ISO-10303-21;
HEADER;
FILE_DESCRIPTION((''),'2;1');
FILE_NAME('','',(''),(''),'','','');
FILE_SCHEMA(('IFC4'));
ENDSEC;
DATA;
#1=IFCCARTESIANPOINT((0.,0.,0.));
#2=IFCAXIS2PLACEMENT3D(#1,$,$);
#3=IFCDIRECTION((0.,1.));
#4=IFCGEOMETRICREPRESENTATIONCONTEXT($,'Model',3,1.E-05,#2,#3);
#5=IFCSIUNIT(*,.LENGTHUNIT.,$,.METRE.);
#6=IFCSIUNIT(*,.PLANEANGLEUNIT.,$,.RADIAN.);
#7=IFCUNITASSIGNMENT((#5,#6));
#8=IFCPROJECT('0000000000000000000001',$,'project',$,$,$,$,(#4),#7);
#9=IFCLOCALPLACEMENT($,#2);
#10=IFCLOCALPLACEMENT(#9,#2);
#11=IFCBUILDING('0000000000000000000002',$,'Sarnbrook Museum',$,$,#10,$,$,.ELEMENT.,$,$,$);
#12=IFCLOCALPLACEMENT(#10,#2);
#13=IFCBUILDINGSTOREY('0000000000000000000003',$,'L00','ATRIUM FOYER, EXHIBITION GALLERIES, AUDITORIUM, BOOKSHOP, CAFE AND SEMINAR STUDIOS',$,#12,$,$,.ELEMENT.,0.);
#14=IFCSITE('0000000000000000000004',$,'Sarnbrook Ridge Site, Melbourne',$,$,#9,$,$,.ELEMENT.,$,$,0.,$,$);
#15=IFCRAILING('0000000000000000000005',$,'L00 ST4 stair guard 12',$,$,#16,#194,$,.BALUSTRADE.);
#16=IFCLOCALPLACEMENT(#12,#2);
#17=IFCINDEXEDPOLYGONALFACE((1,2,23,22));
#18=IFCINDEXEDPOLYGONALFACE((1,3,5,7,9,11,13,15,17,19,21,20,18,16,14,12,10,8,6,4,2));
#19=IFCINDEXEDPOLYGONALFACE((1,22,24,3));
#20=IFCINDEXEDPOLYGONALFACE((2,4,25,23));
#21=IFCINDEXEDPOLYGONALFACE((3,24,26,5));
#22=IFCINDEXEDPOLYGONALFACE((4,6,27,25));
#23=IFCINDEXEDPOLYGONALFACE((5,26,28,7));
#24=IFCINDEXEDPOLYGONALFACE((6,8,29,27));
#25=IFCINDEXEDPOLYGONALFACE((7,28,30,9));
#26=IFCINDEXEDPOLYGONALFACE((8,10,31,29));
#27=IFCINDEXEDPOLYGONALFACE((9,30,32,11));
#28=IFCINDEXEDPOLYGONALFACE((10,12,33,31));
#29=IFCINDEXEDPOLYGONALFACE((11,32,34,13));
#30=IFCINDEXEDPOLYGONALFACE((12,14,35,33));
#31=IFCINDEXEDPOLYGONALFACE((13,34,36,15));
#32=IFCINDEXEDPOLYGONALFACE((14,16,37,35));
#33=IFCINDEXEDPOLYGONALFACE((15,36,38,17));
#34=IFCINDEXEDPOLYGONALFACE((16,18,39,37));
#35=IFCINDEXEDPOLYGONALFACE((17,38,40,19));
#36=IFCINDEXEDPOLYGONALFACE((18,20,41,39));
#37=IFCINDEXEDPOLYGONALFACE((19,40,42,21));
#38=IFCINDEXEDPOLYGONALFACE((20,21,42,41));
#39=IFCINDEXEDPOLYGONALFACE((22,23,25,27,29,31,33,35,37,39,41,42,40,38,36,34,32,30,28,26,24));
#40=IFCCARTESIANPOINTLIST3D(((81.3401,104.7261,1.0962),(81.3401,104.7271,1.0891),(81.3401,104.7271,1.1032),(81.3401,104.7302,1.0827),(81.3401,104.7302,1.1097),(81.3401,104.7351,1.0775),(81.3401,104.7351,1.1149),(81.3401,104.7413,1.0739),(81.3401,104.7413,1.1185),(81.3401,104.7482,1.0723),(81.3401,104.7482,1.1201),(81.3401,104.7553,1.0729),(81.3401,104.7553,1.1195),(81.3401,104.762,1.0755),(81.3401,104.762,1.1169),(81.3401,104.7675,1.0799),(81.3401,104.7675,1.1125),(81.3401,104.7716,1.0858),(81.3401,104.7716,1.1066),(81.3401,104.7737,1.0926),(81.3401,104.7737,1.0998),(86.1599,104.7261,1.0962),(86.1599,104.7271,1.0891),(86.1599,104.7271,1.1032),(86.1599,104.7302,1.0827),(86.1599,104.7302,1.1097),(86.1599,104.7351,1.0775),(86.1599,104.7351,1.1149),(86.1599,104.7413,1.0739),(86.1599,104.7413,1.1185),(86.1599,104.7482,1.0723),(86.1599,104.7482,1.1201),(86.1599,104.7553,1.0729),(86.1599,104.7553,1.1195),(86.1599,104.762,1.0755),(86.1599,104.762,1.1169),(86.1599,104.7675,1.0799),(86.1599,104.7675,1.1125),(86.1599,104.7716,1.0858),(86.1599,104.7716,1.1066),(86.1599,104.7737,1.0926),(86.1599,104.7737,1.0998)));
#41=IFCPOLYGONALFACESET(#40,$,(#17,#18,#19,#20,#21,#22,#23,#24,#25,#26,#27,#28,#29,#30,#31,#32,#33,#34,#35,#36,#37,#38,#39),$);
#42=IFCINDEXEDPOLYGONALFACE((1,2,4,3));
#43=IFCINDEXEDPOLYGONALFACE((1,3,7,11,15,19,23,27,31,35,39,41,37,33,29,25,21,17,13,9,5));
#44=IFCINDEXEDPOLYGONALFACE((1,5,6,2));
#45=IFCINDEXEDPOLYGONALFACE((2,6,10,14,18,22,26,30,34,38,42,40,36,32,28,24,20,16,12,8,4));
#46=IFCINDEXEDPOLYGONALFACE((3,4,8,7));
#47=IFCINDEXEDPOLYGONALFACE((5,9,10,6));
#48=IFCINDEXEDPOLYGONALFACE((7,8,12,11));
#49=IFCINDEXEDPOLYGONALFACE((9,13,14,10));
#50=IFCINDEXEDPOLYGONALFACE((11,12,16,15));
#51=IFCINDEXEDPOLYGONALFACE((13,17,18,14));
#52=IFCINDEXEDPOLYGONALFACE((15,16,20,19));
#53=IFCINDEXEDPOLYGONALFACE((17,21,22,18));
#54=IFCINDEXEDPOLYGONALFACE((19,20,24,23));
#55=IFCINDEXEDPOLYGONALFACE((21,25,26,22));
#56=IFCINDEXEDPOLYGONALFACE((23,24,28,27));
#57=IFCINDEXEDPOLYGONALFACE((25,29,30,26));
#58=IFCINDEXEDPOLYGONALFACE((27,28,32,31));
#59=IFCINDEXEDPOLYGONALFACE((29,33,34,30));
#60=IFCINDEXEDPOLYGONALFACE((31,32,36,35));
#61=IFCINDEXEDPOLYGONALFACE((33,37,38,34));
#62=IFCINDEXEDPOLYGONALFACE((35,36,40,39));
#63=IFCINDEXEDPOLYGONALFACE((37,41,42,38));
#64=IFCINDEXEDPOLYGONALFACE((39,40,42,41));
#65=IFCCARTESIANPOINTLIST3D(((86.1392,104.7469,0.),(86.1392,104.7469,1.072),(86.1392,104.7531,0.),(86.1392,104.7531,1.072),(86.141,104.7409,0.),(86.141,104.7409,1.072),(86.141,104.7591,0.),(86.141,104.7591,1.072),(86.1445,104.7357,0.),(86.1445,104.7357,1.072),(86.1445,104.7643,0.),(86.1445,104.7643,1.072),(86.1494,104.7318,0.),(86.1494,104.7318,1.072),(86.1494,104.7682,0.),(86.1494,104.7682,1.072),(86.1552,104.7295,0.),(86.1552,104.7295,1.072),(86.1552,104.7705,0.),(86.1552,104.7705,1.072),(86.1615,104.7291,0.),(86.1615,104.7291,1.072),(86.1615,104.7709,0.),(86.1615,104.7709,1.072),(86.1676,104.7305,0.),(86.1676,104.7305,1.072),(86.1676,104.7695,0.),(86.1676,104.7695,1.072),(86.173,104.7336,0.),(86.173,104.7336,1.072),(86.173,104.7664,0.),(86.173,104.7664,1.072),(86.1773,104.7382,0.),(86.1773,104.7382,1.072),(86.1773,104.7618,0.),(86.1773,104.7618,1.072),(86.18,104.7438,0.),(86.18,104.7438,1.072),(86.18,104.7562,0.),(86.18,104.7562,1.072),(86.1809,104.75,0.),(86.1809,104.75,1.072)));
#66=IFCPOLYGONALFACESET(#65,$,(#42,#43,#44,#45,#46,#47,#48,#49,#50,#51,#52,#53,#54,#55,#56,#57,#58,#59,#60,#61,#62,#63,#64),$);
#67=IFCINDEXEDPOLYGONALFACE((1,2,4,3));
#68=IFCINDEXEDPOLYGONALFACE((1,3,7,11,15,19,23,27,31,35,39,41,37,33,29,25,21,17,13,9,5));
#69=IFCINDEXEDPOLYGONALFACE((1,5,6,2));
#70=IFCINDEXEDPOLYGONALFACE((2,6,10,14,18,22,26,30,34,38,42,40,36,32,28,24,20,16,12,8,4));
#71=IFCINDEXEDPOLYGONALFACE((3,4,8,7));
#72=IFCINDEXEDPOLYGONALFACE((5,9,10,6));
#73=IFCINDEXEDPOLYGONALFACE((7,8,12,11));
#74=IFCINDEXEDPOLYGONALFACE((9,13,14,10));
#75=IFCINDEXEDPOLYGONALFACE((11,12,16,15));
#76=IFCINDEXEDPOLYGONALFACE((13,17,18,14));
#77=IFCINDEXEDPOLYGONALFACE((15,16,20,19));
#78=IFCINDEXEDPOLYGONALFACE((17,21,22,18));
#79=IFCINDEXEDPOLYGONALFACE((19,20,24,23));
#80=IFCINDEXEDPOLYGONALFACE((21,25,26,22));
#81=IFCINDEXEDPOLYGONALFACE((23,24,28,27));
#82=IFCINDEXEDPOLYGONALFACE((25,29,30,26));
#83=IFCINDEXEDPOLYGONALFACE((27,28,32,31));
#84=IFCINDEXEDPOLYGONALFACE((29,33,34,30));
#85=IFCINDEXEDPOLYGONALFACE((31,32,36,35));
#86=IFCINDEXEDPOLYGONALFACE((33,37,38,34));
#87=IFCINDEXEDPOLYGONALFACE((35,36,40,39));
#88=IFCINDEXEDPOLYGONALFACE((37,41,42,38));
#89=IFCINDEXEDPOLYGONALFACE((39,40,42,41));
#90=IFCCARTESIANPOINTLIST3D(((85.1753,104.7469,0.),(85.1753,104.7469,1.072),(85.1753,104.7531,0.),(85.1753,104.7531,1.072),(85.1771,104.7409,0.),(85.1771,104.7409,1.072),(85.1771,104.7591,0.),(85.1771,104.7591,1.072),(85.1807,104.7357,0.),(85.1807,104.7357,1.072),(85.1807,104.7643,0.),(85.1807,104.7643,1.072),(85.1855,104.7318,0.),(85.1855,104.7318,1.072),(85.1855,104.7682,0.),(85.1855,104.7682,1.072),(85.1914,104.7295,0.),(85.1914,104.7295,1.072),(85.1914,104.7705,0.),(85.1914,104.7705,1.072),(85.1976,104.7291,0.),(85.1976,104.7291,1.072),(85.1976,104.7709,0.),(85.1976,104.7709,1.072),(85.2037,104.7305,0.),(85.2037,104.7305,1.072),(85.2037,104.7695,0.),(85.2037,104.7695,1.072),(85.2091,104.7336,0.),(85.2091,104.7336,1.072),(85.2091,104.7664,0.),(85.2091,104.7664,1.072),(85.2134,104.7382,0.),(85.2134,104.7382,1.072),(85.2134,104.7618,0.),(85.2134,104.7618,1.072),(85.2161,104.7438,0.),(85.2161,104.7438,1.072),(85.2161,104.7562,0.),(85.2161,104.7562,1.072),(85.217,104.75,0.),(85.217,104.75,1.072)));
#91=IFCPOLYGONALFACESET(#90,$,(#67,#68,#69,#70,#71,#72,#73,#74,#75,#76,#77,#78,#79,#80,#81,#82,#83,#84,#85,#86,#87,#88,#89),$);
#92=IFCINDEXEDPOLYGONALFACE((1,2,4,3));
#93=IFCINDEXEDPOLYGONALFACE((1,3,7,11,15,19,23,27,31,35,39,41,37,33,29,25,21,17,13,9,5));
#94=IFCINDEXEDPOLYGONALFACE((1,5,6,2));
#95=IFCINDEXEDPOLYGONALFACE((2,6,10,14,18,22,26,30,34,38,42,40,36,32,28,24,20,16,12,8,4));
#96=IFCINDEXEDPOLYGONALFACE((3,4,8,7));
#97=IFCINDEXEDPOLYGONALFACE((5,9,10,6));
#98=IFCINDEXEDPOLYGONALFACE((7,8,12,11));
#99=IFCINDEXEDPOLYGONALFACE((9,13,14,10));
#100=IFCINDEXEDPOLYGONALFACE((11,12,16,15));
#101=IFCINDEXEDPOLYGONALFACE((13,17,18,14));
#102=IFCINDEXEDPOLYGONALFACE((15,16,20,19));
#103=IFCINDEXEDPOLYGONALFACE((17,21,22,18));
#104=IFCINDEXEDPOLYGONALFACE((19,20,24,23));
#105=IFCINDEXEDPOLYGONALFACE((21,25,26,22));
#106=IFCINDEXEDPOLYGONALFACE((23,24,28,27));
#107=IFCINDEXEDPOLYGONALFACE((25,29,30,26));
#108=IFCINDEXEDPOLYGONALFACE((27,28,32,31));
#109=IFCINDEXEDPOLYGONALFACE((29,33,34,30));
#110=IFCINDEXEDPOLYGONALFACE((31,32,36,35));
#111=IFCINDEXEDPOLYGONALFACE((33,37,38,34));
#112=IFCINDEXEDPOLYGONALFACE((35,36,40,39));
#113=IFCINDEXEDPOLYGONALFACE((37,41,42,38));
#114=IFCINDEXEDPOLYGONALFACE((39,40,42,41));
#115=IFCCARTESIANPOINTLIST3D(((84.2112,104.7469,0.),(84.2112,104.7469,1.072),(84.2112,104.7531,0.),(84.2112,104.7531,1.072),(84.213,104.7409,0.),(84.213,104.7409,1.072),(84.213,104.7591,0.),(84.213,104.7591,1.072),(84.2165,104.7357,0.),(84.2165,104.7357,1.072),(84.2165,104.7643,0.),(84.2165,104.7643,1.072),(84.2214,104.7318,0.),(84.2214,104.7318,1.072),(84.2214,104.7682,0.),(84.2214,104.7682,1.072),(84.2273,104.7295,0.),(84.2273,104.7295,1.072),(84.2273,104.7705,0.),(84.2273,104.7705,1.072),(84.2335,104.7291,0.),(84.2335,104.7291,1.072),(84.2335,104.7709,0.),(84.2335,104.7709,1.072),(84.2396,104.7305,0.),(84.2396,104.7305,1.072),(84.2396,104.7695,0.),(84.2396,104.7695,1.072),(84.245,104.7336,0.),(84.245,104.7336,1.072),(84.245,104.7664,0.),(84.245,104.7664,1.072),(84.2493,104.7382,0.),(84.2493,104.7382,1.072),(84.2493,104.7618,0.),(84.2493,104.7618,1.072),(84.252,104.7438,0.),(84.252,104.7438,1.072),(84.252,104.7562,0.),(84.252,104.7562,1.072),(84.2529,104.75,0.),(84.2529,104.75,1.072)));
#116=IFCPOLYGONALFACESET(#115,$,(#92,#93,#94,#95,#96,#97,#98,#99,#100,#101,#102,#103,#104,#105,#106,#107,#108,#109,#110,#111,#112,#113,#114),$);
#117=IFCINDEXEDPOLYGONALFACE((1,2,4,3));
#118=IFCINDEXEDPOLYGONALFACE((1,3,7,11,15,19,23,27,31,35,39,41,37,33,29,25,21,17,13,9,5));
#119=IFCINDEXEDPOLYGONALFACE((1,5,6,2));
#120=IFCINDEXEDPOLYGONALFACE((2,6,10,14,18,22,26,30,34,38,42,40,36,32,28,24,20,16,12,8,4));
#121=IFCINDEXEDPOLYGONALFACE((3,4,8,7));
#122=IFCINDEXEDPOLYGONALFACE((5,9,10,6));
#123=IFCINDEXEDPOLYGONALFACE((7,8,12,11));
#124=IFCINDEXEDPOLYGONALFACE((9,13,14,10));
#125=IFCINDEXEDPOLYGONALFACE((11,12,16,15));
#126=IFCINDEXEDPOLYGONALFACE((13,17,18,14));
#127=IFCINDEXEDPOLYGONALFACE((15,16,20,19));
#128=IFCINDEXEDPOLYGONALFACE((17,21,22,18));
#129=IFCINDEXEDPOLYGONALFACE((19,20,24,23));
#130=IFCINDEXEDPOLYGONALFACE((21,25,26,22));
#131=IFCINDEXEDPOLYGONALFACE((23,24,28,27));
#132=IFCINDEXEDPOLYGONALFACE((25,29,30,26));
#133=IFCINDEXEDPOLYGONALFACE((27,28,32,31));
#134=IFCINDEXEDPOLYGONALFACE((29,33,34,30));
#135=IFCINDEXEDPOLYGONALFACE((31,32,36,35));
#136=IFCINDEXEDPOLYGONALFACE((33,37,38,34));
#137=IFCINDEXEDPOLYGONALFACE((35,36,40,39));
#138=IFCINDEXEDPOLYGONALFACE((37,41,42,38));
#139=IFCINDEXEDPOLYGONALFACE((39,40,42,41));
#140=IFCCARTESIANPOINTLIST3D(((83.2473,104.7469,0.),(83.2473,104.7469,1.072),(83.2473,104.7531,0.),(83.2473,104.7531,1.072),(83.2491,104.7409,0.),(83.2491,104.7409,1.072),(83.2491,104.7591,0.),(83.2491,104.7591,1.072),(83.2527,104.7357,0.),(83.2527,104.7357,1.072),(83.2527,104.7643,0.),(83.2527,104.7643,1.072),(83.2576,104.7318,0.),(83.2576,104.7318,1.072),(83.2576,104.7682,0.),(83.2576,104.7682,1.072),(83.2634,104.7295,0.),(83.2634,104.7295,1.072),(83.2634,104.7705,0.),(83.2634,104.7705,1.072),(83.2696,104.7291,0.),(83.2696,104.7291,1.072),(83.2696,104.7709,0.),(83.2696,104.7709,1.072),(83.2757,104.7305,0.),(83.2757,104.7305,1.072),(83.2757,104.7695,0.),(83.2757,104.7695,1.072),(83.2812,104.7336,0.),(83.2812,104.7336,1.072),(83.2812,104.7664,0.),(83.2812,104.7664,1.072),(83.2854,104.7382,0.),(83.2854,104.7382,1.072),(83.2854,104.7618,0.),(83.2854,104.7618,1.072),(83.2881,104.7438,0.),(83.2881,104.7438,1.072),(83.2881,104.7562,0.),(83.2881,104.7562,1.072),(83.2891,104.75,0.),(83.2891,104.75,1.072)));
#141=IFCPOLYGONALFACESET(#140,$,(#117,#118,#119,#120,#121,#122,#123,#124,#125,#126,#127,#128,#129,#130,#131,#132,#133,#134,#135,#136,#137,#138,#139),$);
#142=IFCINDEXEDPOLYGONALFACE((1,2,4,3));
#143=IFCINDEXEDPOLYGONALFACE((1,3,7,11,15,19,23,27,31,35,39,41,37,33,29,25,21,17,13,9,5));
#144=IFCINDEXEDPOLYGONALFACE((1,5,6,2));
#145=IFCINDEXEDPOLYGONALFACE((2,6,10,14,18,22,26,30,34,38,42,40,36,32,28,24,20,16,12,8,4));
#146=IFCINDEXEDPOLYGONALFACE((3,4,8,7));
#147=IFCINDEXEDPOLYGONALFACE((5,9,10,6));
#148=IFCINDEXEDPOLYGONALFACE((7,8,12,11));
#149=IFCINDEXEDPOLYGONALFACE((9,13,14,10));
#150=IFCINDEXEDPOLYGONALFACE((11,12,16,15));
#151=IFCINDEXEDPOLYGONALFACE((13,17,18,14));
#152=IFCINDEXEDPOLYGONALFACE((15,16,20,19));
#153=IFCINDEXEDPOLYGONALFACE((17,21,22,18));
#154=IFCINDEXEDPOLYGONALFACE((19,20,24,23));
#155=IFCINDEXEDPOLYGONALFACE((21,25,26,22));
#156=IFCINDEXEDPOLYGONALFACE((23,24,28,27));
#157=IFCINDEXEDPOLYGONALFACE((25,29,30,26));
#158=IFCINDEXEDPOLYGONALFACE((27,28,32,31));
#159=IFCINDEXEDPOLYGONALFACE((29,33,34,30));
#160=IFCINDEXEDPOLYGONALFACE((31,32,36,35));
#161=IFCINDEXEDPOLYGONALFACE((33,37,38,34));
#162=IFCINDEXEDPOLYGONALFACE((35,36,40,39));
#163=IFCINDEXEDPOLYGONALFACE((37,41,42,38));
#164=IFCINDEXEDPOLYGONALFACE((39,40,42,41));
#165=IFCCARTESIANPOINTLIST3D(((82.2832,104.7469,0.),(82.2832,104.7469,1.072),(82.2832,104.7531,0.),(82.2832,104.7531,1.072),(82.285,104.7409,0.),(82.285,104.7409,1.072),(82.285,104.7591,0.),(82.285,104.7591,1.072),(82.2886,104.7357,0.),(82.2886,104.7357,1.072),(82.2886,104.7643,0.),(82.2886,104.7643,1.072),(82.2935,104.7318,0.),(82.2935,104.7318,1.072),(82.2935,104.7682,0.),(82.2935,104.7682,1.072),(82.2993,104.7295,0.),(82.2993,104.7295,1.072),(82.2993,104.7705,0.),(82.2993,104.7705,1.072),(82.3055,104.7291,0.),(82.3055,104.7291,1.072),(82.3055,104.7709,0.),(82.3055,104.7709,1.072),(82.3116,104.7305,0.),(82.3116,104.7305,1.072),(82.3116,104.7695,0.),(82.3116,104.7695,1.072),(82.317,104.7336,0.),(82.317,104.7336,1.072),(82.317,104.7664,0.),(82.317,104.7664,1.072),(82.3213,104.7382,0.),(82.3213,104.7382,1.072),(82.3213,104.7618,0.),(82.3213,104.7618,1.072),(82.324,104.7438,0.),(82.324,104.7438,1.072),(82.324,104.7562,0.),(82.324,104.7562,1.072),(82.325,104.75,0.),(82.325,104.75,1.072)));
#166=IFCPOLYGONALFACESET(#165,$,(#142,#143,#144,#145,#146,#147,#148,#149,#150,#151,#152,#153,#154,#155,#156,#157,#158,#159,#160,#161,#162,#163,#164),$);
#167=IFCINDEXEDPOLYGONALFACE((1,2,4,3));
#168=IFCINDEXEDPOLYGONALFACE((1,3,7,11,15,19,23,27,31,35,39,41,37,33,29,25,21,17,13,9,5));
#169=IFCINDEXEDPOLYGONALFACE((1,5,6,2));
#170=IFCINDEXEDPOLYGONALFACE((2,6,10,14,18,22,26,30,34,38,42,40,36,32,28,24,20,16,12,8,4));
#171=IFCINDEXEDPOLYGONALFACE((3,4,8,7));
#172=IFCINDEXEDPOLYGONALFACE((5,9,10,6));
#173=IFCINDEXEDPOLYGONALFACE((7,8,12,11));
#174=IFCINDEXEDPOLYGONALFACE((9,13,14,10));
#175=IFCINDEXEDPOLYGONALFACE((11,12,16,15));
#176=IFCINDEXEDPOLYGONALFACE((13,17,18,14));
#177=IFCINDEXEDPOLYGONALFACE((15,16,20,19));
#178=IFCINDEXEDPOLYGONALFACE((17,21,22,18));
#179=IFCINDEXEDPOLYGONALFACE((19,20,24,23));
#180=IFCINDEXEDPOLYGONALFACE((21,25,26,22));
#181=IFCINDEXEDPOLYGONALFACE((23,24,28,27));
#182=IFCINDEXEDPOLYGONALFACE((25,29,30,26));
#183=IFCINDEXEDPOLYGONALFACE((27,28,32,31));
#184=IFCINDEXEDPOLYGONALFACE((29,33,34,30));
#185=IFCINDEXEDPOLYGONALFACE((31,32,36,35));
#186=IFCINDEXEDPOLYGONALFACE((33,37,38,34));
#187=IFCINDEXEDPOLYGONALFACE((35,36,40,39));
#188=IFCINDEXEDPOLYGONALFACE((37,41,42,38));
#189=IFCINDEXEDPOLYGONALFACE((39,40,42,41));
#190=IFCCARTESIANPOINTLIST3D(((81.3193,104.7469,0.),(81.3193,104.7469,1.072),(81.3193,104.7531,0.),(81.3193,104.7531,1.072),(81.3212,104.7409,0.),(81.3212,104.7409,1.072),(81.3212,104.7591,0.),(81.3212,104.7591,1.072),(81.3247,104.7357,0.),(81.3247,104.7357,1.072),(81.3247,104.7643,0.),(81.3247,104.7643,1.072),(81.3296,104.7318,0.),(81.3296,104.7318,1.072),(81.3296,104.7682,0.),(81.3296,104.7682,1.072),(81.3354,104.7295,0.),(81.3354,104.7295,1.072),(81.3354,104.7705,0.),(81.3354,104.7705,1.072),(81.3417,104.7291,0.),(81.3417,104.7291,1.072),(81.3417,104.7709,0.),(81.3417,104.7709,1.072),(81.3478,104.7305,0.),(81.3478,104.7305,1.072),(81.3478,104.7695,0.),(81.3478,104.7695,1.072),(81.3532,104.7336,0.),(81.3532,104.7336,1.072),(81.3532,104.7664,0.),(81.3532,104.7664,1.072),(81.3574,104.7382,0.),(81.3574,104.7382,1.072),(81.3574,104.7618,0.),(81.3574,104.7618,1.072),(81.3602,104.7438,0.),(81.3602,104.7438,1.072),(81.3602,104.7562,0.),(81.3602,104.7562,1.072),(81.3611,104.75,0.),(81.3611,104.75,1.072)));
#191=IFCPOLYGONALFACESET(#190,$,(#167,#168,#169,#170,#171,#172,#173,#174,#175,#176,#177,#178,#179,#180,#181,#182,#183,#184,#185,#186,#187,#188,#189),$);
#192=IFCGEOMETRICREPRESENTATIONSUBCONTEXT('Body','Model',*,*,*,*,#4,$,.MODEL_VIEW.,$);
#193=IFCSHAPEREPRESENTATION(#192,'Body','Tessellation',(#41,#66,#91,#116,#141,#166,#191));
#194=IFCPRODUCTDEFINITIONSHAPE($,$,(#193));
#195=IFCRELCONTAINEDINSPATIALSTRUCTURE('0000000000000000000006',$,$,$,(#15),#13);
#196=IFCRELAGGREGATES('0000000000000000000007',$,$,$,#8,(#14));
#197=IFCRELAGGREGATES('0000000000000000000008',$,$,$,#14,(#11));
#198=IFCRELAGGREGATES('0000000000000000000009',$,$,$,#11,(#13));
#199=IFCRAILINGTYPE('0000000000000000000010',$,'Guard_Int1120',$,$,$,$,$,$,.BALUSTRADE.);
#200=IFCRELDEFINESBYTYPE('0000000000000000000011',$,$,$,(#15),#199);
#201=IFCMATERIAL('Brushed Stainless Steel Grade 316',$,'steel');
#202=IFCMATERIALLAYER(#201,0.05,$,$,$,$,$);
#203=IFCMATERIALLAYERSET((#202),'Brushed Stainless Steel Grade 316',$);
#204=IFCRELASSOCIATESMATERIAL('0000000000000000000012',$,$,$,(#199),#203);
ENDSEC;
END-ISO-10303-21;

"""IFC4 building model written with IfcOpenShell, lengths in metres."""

from ifc_helpers import new_model, si_unit, direction, frame, origin, origin_2d, place, context, subcontext, project, spatial, circle, extrude, material, layer, layer_set, type_object, element, save


model = new_model("IFC4")

# Units and contexts
model_context = context("Model", 3, precision=1e-05, world=origin(), true_north=direction((0.0, 1.0)))
body_context = subcontext(model_context, "Body", "Model", "MODEL_VIEW")
ifc_project = project(units=[si_unit("LENGTHUNIT", "METRE"), si_unit("PLANEANGLEUNIT", "RADIAN")], contexts=[model_context])

# Site, building, storey
site_placement = place(None, origin())
site = spatial("IfcSite", under=ifc_project, at=site_placement, Name="Sarnbrook Ridge Site, Melbourne", CompositionType="ELEMENT", RefElevation=0.0)
building_placement = place(site_placement, origin())
building = spatial("IfcBuilding", under=site, at=building_placement, Name="Sarnbrook Museum", CompositionType="ELEMENT")
storey_placement = place(building_placement, origin())
storey = spatial("IfcBuildingStorey", under=building, at=storey_placement, Name="L00", Description="ATRIUM FOYER, EXHIBITION GALLERIES, AUDITORIUM, BOOKSHOP, CAFE AND SEMINAR STUDIOS", CompositionType="ELEMENT", Elevation=0.0)

# Shared definitions
ifc_material_1 = material(Name="Brushed Stainless Steel Grade 316", Category="steel")

# Railing
ifc_layer_1 = layer(ifc_material_1, 0.05)
ifc_layer_set_1 = layer_set([ifc_layer_1], Name="Brushed Stainless Steel Grade 316")
railing_type_1 = type_object("IfcRailingType", Name="Guard_Int1120", PredefinedType="BALUSTRADE", material=ifc_layer_set_1)
railing_1_placement = place(storey_placement, frame((86.1599, 104.75, 0.0)))
element("IfcRailing", 1, at=railing_1_placement, inside=storey, type_object=railing_type_1, Name="L00 ST4 stair guard 12", PredefinedType="BALUSTRADE", context=body_context, shape_type="SweptSolid", body=[
    extrude(circle(Radius=0.0239, at=origin_2d()), frame((0.0, 0.0, 1.0962), z_axis=(-1.0, 0.0, 0.0), x_axis=(0.0, -1.0, 0.0)), (0.0, 0.0, 1.0), 4.8198),
    extrude(circle(Radius=0.021, at=origin_2d()), origin(), (0.0, 0.0, 1.0), 1.072),
    extrude(circle(Radius=0.021, at=origin_2d()), frame((-0.9639, 0.0, 0.0)), (0.0, 0.0, 1.0), 1.072),
    extrude(circle(Radius=0.021, at=origin_2d()), frame((-1.928, 0.0, 0.0)), (0.0, 0.0, 1.0), 1.072),
    extrude(circle(Radius=0.021, at=origin_2d()), frame((-2.8918, 0.0, 0.0)), (0.0, 0.0, 1.0), 1.072),
    extrude(circle(Radius=0.021, at=origin_2d()), frame((-3.856, 0.0, 0.0)), (0.0, 0.0, 1.0), 1.072),
    extrude(circle(Radius=0.021, at=origin_2d()), frame((-4.8198, 0.0, 0.0)), (0.0, 0.0, 1.0), 1.072),
])

save(model, "model.ifc")
